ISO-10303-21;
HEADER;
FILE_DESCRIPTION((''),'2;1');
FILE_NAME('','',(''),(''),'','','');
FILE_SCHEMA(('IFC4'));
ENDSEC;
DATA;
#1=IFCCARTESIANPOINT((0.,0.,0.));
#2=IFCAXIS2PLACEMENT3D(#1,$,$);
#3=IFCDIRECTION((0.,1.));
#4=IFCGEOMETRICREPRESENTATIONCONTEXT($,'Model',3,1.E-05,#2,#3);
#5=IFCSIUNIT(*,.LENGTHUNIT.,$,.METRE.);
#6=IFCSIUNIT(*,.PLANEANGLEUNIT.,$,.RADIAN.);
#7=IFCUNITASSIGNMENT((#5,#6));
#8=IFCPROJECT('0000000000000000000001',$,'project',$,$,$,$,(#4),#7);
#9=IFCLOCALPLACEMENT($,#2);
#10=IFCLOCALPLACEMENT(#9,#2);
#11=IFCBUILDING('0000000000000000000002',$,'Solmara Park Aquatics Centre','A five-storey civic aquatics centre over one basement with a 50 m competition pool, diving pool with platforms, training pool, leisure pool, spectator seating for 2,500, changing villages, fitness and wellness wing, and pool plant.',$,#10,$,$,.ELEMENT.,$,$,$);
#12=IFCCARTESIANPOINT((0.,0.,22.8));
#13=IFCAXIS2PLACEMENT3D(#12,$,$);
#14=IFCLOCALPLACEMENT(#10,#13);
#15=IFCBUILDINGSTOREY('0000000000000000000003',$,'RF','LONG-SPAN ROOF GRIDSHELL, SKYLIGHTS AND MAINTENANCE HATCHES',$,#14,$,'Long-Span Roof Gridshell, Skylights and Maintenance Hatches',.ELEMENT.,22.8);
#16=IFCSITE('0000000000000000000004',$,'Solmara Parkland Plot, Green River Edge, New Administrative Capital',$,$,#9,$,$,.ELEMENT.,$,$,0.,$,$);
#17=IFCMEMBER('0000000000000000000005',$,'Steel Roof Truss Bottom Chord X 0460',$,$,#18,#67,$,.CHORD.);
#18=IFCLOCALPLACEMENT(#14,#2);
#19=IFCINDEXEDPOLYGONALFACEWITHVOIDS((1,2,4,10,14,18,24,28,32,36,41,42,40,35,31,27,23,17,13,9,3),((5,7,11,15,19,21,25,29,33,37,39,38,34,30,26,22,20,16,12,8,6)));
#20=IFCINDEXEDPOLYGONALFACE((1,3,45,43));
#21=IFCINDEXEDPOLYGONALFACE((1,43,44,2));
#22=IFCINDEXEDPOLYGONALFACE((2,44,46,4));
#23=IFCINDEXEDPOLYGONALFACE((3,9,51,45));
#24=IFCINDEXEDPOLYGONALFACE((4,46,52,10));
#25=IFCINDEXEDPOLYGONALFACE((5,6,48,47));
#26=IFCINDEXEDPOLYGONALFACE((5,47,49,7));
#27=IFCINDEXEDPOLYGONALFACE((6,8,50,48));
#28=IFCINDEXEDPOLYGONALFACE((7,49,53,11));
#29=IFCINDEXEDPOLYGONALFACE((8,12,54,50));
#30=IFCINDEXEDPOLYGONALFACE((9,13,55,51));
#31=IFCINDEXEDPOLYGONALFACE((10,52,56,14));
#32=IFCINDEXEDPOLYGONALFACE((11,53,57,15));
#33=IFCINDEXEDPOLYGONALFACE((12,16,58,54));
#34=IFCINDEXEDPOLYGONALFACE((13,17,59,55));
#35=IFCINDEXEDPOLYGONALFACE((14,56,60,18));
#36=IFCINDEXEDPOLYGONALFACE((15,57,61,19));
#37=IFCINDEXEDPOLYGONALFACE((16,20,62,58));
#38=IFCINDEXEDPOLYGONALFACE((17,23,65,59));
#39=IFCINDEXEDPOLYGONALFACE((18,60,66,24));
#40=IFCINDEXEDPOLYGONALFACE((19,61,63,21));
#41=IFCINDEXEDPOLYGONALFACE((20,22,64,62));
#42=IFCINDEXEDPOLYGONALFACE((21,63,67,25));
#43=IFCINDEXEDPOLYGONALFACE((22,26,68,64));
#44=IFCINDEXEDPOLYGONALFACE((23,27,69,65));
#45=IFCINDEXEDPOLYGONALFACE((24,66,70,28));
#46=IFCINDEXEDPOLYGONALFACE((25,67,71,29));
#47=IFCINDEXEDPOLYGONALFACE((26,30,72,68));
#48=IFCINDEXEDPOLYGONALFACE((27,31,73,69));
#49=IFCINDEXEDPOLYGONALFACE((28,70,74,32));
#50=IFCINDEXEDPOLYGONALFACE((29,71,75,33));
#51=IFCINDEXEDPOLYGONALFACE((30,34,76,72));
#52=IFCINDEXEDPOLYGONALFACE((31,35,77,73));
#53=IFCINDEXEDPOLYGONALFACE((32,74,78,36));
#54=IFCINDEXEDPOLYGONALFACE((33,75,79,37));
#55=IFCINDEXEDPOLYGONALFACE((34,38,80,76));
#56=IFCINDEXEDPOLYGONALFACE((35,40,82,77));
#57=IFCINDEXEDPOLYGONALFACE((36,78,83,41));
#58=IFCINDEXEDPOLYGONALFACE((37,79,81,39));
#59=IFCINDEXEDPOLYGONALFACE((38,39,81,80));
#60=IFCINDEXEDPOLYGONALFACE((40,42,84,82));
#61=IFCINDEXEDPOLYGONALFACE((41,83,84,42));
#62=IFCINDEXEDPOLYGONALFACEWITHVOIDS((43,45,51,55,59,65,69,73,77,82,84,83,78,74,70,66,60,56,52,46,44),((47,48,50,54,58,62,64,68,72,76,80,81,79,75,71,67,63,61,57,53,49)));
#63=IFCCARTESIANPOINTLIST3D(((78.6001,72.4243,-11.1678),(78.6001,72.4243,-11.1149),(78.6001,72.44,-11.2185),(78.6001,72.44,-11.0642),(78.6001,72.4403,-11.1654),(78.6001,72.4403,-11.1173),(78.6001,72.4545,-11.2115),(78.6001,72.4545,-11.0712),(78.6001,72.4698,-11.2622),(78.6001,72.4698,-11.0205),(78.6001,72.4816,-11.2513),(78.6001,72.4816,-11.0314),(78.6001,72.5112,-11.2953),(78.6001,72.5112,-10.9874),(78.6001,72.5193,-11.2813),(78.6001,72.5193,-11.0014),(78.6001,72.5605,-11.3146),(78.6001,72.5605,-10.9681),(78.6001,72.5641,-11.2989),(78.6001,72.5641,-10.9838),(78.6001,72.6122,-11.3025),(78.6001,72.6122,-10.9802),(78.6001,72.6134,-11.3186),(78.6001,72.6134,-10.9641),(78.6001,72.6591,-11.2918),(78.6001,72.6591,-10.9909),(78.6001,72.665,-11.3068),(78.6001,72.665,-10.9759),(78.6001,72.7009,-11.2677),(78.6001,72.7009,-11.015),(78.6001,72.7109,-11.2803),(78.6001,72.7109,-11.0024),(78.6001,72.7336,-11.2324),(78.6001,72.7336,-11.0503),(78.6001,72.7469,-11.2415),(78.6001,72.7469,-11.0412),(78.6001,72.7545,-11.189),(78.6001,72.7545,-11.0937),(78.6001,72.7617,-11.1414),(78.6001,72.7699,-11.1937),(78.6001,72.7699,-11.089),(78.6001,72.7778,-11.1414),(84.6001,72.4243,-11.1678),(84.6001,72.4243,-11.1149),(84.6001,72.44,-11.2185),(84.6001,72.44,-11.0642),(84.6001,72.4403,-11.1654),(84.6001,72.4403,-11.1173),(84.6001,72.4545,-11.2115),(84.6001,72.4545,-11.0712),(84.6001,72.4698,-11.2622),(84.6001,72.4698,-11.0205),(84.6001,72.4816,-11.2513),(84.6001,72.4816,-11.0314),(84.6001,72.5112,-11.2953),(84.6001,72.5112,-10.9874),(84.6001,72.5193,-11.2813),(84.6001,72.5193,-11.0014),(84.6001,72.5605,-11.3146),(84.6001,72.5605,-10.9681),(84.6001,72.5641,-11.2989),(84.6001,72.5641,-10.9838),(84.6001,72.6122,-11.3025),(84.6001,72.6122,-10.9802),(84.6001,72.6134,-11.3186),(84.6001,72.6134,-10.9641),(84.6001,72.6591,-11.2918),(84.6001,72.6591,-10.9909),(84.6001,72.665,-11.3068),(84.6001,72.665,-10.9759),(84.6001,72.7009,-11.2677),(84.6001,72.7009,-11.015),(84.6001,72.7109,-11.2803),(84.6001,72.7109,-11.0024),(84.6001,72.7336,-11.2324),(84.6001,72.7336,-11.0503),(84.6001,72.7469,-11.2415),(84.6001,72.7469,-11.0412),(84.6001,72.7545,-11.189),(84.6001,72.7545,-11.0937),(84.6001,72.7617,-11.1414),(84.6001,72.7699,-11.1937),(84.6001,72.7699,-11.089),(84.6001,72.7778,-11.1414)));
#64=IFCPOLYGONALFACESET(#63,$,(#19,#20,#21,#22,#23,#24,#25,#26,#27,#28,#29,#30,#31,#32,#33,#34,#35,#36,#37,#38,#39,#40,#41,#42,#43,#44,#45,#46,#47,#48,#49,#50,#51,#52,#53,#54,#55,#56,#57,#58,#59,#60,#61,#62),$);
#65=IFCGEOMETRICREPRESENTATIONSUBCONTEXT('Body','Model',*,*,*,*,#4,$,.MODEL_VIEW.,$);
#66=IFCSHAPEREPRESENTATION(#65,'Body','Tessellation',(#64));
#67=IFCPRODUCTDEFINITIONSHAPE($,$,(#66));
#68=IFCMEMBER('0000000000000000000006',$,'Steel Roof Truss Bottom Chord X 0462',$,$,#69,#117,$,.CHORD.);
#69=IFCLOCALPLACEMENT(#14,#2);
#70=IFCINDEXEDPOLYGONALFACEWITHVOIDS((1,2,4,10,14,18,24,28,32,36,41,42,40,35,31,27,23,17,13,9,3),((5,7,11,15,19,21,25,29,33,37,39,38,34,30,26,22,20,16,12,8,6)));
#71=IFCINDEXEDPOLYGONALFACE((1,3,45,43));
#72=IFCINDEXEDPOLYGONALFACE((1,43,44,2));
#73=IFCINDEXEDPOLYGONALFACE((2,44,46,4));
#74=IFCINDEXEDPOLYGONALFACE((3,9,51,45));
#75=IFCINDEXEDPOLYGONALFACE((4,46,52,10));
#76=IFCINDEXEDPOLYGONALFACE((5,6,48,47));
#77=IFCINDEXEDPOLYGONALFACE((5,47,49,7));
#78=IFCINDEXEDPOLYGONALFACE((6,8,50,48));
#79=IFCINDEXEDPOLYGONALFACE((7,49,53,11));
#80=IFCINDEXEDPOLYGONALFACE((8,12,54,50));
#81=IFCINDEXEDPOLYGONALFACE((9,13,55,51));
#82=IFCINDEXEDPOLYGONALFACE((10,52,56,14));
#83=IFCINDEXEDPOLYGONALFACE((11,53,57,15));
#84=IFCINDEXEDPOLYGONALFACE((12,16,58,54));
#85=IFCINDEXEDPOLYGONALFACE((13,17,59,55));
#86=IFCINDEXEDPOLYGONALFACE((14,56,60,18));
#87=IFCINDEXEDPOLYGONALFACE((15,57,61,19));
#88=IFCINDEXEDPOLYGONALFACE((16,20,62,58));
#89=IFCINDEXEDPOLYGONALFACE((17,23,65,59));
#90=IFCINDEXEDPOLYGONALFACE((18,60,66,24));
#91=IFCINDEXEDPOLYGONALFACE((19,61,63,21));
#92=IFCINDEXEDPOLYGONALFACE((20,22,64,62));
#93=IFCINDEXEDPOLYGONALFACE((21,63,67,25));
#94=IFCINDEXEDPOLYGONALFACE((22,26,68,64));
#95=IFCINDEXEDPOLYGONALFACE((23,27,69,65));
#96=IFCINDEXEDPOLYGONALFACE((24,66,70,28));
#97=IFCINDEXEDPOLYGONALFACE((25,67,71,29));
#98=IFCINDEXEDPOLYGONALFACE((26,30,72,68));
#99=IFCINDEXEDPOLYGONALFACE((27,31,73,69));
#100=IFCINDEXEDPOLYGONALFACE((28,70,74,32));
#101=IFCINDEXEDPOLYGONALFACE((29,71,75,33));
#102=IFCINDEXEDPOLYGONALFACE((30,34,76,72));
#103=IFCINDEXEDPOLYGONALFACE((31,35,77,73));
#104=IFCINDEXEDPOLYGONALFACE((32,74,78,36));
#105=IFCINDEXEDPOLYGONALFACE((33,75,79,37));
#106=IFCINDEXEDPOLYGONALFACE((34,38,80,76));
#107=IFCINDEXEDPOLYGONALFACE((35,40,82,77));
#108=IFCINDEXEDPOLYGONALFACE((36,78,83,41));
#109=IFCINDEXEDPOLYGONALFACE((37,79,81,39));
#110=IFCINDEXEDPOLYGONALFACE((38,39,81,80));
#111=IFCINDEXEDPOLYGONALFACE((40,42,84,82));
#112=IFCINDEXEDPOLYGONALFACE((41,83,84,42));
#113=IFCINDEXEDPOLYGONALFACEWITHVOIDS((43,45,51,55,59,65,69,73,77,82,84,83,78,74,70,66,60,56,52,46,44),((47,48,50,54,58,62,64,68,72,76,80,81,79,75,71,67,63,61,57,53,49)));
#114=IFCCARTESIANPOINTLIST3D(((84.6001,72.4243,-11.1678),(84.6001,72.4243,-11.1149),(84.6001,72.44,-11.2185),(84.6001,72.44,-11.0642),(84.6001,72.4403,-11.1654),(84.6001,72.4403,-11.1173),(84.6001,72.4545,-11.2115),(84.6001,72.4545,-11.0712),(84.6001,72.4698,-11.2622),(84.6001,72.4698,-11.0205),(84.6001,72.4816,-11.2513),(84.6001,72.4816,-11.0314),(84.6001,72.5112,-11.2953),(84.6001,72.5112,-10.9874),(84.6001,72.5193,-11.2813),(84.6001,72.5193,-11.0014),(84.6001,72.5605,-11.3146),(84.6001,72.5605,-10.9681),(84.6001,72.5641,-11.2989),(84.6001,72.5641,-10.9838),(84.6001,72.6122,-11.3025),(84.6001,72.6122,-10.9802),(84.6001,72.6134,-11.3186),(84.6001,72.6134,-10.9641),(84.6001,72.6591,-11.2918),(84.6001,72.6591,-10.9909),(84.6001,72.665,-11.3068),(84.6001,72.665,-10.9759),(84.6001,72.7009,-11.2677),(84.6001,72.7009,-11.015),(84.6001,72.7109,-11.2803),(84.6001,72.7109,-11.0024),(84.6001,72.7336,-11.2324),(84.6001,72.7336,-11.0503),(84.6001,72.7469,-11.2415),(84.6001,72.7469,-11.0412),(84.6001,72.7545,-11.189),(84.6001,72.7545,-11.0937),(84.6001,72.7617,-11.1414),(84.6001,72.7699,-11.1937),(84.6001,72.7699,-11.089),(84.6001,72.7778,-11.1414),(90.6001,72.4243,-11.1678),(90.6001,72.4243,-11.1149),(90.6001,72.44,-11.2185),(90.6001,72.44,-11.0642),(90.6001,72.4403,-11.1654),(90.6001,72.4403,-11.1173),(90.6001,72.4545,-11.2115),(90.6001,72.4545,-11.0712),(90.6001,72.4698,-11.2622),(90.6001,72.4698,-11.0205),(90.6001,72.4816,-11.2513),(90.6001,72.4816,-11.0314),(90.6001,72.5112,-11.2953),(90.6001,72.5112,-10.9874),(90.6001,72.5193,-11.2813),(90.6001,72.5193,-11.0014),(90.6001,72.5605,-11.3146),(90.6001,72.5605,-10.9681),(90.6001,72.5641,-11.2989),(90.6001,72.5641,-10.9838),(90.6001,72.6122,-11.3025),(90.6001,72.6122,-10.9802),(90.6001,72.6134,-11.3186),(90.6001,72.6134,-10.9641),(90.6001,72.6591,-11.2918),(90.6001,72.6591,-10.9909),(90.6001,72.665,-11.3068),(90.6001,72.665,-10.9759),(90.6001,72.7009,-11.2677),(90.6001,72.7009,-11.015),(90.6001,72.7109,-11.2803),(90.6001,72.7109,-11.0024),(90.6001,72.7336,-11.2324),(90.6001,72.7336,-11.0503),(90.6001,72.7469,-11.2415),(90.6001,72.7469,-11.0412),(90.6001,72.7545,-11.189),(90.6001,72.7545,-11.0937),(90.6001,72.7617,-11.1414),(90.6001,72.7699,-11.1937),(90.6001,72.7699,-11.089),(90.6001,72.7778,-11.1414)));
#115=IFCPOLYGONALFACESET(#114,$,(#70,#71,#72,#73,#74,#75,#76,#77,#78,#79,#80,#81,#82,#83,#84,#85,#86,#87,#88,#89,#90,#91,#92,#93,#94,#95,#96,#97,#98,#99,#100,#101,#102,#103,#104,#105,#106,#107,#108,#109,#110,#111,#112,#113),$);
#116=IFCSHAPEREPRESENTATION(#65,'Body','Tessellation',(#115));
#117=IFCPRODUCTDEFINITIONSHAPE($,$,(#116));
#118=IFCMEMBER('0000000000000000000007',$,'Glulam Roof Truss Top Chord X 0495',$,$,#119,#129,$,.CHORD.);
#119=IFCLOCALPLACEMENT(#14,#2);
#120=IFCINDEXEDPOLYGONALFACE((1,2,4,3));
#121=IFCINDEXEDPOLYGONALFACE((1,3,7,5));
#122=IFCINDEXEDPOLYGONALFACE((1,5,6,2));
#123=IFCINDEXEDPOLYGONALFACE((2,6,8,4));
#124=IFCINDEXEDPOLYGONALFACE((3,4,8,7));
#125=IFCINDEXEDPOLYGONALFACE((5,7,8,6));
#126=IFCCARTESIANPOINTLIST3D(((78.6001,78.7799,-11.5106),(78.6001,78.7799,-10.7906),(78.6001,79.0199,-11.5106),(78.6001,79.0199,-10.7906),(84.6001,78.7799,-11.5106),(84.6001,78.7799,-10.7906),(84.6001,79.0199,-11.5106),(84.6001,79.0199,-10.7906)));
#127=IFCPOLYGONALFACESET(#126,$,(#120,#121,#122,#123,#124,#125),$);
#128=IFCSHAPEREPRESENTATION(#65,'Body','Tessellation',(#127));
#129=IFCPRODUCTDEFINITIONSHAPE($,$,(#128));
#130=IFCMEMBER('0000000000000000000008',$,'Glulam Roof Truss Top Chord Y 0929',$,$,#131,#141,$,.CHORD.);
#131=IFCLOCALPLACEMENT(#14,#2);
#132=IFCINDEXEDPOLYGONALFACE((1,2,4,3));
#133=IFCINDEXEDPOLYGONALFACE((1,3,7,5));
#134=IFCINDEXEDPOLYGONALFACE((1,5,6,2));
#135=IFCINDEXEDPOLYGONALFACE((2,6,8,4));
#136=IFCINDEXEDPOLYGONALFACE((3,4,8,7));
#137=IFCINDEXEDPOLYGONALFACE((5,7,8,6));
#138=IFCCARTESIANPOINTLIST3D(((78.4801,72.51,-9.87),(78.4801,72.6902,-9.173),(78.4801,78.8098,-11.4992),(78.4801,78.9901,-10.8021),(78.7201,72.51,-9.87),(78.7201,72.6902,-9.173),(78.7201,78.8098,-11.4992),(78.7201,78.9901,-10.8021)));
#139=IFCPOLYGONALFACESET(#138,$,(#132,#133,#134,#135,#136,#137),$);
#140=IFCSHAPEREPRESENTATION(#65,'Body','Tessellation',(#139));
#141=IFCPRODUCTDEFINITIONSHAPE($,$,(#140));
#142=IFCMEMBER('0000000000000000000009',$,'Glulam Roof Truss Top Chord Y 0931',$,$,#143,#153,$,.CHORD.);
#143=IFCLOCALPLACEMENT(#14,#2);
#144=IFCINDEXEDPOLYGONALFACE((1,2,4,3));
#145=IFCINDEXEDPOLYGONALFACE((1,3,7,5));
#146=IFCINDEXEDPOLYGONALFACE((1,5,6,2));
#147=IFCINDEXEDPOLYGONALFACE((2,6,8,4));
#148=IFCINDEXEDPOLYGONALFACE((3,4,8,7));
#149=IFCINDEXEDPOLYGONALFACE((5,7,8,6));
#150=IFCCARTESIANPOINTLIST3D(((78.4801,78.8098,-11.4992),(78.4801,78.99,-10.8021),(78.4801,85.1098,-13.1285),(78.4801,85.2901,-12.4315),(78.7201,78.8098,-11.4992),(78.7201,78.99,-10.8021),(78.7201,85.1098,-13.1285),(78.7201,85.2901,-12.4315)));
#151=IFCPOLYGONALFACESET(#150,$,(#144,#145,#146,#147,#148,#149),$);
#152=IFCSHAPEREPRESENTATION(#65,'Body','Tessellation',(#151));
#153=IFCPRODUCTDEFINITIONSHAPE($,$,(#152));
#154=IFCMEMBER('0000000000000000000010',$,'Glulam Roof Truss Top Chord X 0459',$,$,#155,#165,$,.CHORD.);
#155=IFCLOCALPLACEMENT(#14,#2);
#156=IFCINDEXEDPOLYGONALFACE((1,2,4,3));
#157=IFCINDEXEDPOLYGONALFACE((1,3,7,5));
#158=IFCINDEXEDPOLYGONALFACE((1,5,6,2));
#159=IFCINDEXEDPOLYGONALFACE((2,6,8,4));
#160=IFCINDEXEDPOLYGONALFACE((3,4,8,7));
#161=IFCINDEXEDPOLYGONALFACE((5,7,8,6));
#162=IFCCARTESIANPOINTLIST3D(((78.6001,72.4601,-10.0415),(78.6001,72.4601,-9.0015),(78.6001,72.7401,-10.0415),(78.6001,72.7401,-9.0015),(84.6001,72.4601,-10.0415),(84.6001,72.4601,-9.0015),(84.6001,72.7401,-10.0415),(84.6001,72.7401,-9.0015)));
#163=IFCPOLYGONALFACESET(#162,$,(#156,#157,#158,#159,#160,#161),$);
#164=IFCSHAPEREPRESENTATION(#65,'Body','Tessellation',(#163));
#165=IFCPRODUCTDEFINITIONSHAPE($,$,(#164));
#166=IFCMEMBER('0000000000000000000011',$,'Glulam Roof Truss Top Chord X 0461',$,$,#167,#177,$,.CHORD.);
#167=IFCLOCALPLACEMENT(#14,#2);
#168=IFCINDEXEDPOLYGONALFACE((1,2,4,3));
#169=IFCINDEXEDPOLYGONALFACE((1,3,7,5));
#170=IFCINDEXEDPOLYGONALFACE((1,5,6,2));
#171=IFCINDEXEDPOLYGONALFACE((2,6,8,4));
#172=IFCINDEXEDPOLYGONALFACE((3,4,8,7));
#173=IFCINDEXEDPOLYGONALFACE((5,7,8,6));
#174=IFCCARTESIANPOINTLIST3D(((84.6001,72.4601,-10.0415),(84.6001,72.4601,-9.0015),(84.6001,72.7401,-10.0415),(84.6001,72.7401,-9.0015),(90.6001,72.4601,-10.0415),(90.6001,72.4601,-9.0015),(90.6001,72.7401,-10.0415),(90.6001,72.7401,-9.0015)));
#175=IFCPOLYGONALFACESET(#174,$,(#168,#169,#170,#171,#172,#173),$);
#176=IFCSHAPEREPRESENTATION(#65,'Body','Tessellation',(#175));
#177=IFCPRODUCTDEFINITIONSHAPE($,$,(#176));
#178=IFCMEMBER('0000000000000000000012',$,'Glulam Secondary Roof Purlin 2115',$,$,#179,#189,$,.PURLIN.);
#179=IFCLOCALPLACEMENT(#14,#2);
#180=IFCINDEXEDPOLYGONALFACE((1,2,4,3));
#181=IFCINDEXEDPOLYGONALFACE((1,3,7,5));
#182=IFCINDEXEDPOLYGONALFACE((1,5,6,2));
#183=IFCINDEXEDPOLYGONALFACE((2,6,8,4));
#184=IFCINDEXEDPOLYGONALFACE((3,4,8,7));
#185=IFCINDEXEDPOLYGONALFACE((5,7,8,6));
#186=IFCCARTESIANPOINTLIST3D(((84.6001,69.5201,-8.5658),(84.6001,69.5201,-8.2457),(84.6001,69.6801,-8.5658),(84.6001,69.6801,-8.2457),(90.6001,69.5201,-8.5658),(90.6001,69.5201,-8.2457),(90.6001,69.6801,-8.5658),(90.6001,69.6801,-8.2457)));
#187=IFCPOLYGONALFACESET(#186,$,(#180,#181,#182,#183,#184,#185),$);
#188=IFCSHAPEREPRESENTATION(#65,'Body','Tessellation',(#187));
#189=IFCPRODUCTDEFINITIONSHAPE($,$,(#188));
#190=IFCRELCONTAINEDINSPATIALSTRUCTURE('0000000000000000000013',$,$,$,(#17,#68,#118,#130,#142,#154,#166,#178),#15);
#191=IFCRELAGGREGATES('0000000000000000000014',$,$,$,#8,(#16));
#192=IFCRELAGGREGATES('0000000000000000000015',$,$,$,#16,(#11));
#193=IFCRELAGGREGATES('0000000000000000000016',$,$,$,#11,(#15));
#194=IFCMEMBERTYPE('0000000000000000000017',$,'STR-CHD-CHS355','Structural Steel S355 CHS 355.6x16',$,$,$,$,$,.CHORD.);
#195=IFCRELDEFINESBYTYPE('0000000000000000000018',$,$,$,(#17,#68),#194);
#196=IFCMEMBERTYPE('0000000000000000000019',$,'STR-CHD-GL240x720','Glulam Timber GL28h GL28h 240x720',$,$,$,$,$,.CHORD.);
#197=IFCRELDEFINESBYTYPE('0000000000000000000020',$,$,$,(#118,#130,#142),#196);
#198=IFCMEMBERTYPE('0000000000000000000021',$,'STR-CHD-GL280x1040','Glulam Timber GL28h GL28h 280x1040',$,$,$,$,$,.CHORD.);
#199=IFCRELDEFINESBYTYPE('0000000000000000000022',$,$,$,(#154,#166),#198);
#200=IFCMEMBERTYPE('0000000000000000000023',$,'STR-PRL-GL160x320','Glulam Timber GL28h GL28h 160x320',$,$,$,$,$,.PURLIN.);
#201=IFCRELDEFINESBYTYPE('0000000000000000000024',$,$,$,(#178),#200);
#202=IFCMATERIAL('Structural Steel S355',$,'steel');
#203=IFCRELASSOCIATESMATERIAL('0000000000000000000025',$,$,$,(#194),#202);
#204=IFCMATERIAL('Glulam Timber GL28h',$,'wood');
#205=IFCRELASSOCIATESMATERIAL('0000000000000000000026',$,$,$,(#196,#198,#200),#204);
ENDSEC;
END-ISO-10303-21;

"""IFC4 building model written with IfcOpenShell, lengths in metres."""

from ifc_helpers import new_model, si_unit, direction, frame, origin, origin_2d, place, context, subcontext, project, spatial, rectangle, hollow_circle, extrude, material, material_profile, profile_set, type_object, element, save


model = new_model("IFC4")

# Units and contexts
model_context = context("Model", 3, precision=1e-05, world=origin(), true_north=direction((0.0, 1.0)))
body_context = subcontext(model_context, "Body", "Model", "MODEL_VIEW")
ifc_project = project(units=[si_unit("LENGTHUNIT", "METRE"), si_unit("PLANEANGLEUNIT", "RADIAN")], contexts=[model_context])

# Site, building, storey
site_placement = place(None, origin())
site = spatial("IfcSite", under=ifc_project, at=site_placement, Name="Solmara Parkland Plot, Green River Edge, New Administrative Capital", CompositionType="ELEMENT", RefElevation=0.0)
building_placement = place(site_placement, origin())
building = spatial("IfcBuilding", under=site, at=building_placement, Name="Solmara Park Aquatics Centre", Description="A five-storey civic aquatics centre over one basement with a 50 m competition pool, diving pool with platforms, training pool, leisure pool, spectator seating for 2,500, changing villages, fitness and wellness wing, and pool plant.", CompositionType="ELEMENT")
storey_placement = place(building_placement, frame((0.0, 0.0, 22.8)))
storey = spatial("IfcBuildingStorey", under=building, at=storey_placement, Name="RF", Description="LONG-SPAN ROOF GRIDSHELL, SKYLIGHTS AND MAINTENANCE HATCHES", LongName="Long-Span Roof Gridshell, Skylights and Maintenance Hatches", CompositionType="ELEMENT", Elevation=22.8)

# Members
ifc_material_1 = material(Name="Structural Steel S355", Category="steel")
ifc_material_profile_1 = material_profile(ifc_material_1, hollow_circle(Radius=0.1777, WallThickness=0.0161, at=origin_2d()), Name="CHS 355.6x16")
ifc_profile_set_1 = profile_set([ifc_material_profile_1], Name="Structural Steel S355")
member_type_1 = type_object("IfcMemberType", Name="STR-CHD-CHS355", Description="Structural Steel S355 CHS 355.6x16", PredefinedType="CHORD", material=ifc_profile_set_1)
for number, where, z_axis, x_axis, name in (
    (1, (78.6001, 72.6001, -11.1414), (1.0, 0.0, 0.0), (0.0, 1.0, 0.0), "Steel Roof Truss Bottom Chord X 0460"),
    (2, (84.6001, 72.6001, -11.1414), (1.0, 0.0, 0.0), (0.0, 1.0, 0.0), "Steel Roof Truss Bottom Chord X 0462"),
):
    element("IfcMember", number, at=place(storey_placement, frame(where, z_axis=z_axis, x_axis=x_axis)), inside=storey, type_object=member_type_1, Name=name, PredefinedType="CHORD", context=body_context, shape_type="SweptSolid", body=[
        extrude(hollow_circle(Radius=0.1777, WallThickness=0.0161, at=origin_2d()), origin(), (0.0, 0.0, 1.0), 6.0),
    ])
ifc_material_2 = material(Name="Glulam Timber GL28h", Category="wood")
ifc_material_profile_2 = material_profile(ifc_material_2, rectangle(XDim=0.24, YDim=0.72, at=origin_2d()), Name="GL28h 240x720")
ifc_profile_set_2 = profile_set([ifc_material_profile_2], Name="Glulam Timber GL28h")
member_type_2 = type_object("IfcMemberType", Name="STR-CHD-GL240x720", Description="Glulam Timber GL28h GL28h 240x720", PredefinedType="CHORD", material=ifc_profile_set_2)
member_1_placement = place(storey_placement, frame((78.6001, 78.8999, -11.1506), z_axis=(1.0, 0.0, 0.0), x_axis=(0.0, 1.0, 0.0)))
element("IfcMember", 3, at=member_1_placement, inside=storey, type_object=member_type_2, Name="Glulam Roof Truss Top Chord X 0495", PredefinedType="CHORD", context=body_context, shape_type="SweptSolid", body=[
    extrude(rectangle(XDim=0.24, YDim=0.72, at=origin_2d()), origin(), (0.0, 0.0, 1.0), 6.0),
])
member_2_placement = place(storey_placement, frame((78.6001, 72.6001, -9.5215), z_axis=(0.0, 0.968151, -0.250367), x_axis=(-1.0, 0.0, 0.0)))
element("IfcMember", 4, at=member_2_placement, inside=storey, type_object=member_type_2, Name="Glulam Roof Truss Top Chord Y 0929", PredefinedType="CHORD", context=body_context, shape_type="SweptSolid", body=[
    extrude(rectangle(XDim=0.24, YDim=0.72, at=origin_2d()), origin(), (0.0, 0.0, 1.0), 6.5071),
])
member_3_placement = place(storey_placement, frame((78.6001, 78.8999, -11.1506), z_axis=(0.0, 0.968144, -0.250393), x_axis=(-1.0, 0.0, 0.0)))
element("IfcMember", 5, at=member_3_placement, inside=storey, type_object=member_type_2, Name="Glulam Roof Truss Top Chord Y 0931", PredefinedType="CHORD", context=body_context, shape_type="SweptSolid", body=[
    extrude(rectangle(XDim=0.24, YDim=0.72, at=origin_2d()), origin(), (0.0, 0.0, 1.0), 6.5073),
])
ifc_material_profile_3 = material_profile(ifc_material_2, rectangle(XDim=0.28, YDim=1.04, at=origin_2d()), Name="GL28h 280x1040")
ifc_profile_set_3 = profile_set([ifc_material_profile_3], Name="Glulam Timber GL28h")
member_type_3 = type_object("IfcMemberType", Name="STR-CHD-GL280x1040", Description="Glulam Timber GL28h GL28h 280x1040", PredefinedType="CHORD", material=ifc_profile_set_3)
for number, where, z_axis, x_axis, name in (
    (6, (78.6001, 72.6001, -9.5215), (1.0, 0.0, 0.0), (0.0, 1.0, 0.0), "Glulam Roof Truss Top Chord X 0459"),
    (7, (84.6001, 72.6001, -9.5215), (1.0, 0.0, 0.0), (0.0, 1.0, 0.0), "Glulam Roof Truss Top Chord X 0461"),
):
    element("IfcMember", number, at=place(storey_placement, frame(where, z_axis=z_axis, x_axis=x_axis)), inside=storey, type_object=member_type_3, Name=name, PredefinedType="CHORD", context=body_context, shape_type="SweptSolid", body=[
        extrude(rectangle(XDim=0.28, YDim=1.04, at=origin_2d()), origin(), (0.0, 0.0, 1.0), 6.0),
    ])
ifc_material_profile_4 = material_profile(ifc_material_2, rectangle(XDim=0.1599, YDim=0.3201, at=origin_2d()), Name="GL28h 160x320")
ifc_profile_set_4 = profile_set([ifc_material_profile_4], Name="Glulam Timber GL28h")
member_type_4 = type_object("IfcMemberType", Name="STR-PRL-GL160x320", Description="Glulam Timber GL28h GL28h 160x320", PredefinedType="PURLIN", material=ifc_profile_set_4)
member_4_placement = place(storey_placement, frame((84.6001, 69.6001, -8.4058), z_axis=(1.0, 0.0, 0.0), x_axis=(0.0, 1.0, 0.0)))
element("IfcMember", 8, at=member_4_placement, inside=storey, type_object=member_type_4, Name="Glulam Secondary Roof Purlin 2115", PredefinedType="PURLIN", context=body_context, shape_type="SweptSolid", body=[
    extrude(rectangle(XDim=0.1599, YDim=0.3201, at=origin_2d()), origin(), (0.0, 0.0, 1.0), 6.0),
])

save(model, "model.ifc")
